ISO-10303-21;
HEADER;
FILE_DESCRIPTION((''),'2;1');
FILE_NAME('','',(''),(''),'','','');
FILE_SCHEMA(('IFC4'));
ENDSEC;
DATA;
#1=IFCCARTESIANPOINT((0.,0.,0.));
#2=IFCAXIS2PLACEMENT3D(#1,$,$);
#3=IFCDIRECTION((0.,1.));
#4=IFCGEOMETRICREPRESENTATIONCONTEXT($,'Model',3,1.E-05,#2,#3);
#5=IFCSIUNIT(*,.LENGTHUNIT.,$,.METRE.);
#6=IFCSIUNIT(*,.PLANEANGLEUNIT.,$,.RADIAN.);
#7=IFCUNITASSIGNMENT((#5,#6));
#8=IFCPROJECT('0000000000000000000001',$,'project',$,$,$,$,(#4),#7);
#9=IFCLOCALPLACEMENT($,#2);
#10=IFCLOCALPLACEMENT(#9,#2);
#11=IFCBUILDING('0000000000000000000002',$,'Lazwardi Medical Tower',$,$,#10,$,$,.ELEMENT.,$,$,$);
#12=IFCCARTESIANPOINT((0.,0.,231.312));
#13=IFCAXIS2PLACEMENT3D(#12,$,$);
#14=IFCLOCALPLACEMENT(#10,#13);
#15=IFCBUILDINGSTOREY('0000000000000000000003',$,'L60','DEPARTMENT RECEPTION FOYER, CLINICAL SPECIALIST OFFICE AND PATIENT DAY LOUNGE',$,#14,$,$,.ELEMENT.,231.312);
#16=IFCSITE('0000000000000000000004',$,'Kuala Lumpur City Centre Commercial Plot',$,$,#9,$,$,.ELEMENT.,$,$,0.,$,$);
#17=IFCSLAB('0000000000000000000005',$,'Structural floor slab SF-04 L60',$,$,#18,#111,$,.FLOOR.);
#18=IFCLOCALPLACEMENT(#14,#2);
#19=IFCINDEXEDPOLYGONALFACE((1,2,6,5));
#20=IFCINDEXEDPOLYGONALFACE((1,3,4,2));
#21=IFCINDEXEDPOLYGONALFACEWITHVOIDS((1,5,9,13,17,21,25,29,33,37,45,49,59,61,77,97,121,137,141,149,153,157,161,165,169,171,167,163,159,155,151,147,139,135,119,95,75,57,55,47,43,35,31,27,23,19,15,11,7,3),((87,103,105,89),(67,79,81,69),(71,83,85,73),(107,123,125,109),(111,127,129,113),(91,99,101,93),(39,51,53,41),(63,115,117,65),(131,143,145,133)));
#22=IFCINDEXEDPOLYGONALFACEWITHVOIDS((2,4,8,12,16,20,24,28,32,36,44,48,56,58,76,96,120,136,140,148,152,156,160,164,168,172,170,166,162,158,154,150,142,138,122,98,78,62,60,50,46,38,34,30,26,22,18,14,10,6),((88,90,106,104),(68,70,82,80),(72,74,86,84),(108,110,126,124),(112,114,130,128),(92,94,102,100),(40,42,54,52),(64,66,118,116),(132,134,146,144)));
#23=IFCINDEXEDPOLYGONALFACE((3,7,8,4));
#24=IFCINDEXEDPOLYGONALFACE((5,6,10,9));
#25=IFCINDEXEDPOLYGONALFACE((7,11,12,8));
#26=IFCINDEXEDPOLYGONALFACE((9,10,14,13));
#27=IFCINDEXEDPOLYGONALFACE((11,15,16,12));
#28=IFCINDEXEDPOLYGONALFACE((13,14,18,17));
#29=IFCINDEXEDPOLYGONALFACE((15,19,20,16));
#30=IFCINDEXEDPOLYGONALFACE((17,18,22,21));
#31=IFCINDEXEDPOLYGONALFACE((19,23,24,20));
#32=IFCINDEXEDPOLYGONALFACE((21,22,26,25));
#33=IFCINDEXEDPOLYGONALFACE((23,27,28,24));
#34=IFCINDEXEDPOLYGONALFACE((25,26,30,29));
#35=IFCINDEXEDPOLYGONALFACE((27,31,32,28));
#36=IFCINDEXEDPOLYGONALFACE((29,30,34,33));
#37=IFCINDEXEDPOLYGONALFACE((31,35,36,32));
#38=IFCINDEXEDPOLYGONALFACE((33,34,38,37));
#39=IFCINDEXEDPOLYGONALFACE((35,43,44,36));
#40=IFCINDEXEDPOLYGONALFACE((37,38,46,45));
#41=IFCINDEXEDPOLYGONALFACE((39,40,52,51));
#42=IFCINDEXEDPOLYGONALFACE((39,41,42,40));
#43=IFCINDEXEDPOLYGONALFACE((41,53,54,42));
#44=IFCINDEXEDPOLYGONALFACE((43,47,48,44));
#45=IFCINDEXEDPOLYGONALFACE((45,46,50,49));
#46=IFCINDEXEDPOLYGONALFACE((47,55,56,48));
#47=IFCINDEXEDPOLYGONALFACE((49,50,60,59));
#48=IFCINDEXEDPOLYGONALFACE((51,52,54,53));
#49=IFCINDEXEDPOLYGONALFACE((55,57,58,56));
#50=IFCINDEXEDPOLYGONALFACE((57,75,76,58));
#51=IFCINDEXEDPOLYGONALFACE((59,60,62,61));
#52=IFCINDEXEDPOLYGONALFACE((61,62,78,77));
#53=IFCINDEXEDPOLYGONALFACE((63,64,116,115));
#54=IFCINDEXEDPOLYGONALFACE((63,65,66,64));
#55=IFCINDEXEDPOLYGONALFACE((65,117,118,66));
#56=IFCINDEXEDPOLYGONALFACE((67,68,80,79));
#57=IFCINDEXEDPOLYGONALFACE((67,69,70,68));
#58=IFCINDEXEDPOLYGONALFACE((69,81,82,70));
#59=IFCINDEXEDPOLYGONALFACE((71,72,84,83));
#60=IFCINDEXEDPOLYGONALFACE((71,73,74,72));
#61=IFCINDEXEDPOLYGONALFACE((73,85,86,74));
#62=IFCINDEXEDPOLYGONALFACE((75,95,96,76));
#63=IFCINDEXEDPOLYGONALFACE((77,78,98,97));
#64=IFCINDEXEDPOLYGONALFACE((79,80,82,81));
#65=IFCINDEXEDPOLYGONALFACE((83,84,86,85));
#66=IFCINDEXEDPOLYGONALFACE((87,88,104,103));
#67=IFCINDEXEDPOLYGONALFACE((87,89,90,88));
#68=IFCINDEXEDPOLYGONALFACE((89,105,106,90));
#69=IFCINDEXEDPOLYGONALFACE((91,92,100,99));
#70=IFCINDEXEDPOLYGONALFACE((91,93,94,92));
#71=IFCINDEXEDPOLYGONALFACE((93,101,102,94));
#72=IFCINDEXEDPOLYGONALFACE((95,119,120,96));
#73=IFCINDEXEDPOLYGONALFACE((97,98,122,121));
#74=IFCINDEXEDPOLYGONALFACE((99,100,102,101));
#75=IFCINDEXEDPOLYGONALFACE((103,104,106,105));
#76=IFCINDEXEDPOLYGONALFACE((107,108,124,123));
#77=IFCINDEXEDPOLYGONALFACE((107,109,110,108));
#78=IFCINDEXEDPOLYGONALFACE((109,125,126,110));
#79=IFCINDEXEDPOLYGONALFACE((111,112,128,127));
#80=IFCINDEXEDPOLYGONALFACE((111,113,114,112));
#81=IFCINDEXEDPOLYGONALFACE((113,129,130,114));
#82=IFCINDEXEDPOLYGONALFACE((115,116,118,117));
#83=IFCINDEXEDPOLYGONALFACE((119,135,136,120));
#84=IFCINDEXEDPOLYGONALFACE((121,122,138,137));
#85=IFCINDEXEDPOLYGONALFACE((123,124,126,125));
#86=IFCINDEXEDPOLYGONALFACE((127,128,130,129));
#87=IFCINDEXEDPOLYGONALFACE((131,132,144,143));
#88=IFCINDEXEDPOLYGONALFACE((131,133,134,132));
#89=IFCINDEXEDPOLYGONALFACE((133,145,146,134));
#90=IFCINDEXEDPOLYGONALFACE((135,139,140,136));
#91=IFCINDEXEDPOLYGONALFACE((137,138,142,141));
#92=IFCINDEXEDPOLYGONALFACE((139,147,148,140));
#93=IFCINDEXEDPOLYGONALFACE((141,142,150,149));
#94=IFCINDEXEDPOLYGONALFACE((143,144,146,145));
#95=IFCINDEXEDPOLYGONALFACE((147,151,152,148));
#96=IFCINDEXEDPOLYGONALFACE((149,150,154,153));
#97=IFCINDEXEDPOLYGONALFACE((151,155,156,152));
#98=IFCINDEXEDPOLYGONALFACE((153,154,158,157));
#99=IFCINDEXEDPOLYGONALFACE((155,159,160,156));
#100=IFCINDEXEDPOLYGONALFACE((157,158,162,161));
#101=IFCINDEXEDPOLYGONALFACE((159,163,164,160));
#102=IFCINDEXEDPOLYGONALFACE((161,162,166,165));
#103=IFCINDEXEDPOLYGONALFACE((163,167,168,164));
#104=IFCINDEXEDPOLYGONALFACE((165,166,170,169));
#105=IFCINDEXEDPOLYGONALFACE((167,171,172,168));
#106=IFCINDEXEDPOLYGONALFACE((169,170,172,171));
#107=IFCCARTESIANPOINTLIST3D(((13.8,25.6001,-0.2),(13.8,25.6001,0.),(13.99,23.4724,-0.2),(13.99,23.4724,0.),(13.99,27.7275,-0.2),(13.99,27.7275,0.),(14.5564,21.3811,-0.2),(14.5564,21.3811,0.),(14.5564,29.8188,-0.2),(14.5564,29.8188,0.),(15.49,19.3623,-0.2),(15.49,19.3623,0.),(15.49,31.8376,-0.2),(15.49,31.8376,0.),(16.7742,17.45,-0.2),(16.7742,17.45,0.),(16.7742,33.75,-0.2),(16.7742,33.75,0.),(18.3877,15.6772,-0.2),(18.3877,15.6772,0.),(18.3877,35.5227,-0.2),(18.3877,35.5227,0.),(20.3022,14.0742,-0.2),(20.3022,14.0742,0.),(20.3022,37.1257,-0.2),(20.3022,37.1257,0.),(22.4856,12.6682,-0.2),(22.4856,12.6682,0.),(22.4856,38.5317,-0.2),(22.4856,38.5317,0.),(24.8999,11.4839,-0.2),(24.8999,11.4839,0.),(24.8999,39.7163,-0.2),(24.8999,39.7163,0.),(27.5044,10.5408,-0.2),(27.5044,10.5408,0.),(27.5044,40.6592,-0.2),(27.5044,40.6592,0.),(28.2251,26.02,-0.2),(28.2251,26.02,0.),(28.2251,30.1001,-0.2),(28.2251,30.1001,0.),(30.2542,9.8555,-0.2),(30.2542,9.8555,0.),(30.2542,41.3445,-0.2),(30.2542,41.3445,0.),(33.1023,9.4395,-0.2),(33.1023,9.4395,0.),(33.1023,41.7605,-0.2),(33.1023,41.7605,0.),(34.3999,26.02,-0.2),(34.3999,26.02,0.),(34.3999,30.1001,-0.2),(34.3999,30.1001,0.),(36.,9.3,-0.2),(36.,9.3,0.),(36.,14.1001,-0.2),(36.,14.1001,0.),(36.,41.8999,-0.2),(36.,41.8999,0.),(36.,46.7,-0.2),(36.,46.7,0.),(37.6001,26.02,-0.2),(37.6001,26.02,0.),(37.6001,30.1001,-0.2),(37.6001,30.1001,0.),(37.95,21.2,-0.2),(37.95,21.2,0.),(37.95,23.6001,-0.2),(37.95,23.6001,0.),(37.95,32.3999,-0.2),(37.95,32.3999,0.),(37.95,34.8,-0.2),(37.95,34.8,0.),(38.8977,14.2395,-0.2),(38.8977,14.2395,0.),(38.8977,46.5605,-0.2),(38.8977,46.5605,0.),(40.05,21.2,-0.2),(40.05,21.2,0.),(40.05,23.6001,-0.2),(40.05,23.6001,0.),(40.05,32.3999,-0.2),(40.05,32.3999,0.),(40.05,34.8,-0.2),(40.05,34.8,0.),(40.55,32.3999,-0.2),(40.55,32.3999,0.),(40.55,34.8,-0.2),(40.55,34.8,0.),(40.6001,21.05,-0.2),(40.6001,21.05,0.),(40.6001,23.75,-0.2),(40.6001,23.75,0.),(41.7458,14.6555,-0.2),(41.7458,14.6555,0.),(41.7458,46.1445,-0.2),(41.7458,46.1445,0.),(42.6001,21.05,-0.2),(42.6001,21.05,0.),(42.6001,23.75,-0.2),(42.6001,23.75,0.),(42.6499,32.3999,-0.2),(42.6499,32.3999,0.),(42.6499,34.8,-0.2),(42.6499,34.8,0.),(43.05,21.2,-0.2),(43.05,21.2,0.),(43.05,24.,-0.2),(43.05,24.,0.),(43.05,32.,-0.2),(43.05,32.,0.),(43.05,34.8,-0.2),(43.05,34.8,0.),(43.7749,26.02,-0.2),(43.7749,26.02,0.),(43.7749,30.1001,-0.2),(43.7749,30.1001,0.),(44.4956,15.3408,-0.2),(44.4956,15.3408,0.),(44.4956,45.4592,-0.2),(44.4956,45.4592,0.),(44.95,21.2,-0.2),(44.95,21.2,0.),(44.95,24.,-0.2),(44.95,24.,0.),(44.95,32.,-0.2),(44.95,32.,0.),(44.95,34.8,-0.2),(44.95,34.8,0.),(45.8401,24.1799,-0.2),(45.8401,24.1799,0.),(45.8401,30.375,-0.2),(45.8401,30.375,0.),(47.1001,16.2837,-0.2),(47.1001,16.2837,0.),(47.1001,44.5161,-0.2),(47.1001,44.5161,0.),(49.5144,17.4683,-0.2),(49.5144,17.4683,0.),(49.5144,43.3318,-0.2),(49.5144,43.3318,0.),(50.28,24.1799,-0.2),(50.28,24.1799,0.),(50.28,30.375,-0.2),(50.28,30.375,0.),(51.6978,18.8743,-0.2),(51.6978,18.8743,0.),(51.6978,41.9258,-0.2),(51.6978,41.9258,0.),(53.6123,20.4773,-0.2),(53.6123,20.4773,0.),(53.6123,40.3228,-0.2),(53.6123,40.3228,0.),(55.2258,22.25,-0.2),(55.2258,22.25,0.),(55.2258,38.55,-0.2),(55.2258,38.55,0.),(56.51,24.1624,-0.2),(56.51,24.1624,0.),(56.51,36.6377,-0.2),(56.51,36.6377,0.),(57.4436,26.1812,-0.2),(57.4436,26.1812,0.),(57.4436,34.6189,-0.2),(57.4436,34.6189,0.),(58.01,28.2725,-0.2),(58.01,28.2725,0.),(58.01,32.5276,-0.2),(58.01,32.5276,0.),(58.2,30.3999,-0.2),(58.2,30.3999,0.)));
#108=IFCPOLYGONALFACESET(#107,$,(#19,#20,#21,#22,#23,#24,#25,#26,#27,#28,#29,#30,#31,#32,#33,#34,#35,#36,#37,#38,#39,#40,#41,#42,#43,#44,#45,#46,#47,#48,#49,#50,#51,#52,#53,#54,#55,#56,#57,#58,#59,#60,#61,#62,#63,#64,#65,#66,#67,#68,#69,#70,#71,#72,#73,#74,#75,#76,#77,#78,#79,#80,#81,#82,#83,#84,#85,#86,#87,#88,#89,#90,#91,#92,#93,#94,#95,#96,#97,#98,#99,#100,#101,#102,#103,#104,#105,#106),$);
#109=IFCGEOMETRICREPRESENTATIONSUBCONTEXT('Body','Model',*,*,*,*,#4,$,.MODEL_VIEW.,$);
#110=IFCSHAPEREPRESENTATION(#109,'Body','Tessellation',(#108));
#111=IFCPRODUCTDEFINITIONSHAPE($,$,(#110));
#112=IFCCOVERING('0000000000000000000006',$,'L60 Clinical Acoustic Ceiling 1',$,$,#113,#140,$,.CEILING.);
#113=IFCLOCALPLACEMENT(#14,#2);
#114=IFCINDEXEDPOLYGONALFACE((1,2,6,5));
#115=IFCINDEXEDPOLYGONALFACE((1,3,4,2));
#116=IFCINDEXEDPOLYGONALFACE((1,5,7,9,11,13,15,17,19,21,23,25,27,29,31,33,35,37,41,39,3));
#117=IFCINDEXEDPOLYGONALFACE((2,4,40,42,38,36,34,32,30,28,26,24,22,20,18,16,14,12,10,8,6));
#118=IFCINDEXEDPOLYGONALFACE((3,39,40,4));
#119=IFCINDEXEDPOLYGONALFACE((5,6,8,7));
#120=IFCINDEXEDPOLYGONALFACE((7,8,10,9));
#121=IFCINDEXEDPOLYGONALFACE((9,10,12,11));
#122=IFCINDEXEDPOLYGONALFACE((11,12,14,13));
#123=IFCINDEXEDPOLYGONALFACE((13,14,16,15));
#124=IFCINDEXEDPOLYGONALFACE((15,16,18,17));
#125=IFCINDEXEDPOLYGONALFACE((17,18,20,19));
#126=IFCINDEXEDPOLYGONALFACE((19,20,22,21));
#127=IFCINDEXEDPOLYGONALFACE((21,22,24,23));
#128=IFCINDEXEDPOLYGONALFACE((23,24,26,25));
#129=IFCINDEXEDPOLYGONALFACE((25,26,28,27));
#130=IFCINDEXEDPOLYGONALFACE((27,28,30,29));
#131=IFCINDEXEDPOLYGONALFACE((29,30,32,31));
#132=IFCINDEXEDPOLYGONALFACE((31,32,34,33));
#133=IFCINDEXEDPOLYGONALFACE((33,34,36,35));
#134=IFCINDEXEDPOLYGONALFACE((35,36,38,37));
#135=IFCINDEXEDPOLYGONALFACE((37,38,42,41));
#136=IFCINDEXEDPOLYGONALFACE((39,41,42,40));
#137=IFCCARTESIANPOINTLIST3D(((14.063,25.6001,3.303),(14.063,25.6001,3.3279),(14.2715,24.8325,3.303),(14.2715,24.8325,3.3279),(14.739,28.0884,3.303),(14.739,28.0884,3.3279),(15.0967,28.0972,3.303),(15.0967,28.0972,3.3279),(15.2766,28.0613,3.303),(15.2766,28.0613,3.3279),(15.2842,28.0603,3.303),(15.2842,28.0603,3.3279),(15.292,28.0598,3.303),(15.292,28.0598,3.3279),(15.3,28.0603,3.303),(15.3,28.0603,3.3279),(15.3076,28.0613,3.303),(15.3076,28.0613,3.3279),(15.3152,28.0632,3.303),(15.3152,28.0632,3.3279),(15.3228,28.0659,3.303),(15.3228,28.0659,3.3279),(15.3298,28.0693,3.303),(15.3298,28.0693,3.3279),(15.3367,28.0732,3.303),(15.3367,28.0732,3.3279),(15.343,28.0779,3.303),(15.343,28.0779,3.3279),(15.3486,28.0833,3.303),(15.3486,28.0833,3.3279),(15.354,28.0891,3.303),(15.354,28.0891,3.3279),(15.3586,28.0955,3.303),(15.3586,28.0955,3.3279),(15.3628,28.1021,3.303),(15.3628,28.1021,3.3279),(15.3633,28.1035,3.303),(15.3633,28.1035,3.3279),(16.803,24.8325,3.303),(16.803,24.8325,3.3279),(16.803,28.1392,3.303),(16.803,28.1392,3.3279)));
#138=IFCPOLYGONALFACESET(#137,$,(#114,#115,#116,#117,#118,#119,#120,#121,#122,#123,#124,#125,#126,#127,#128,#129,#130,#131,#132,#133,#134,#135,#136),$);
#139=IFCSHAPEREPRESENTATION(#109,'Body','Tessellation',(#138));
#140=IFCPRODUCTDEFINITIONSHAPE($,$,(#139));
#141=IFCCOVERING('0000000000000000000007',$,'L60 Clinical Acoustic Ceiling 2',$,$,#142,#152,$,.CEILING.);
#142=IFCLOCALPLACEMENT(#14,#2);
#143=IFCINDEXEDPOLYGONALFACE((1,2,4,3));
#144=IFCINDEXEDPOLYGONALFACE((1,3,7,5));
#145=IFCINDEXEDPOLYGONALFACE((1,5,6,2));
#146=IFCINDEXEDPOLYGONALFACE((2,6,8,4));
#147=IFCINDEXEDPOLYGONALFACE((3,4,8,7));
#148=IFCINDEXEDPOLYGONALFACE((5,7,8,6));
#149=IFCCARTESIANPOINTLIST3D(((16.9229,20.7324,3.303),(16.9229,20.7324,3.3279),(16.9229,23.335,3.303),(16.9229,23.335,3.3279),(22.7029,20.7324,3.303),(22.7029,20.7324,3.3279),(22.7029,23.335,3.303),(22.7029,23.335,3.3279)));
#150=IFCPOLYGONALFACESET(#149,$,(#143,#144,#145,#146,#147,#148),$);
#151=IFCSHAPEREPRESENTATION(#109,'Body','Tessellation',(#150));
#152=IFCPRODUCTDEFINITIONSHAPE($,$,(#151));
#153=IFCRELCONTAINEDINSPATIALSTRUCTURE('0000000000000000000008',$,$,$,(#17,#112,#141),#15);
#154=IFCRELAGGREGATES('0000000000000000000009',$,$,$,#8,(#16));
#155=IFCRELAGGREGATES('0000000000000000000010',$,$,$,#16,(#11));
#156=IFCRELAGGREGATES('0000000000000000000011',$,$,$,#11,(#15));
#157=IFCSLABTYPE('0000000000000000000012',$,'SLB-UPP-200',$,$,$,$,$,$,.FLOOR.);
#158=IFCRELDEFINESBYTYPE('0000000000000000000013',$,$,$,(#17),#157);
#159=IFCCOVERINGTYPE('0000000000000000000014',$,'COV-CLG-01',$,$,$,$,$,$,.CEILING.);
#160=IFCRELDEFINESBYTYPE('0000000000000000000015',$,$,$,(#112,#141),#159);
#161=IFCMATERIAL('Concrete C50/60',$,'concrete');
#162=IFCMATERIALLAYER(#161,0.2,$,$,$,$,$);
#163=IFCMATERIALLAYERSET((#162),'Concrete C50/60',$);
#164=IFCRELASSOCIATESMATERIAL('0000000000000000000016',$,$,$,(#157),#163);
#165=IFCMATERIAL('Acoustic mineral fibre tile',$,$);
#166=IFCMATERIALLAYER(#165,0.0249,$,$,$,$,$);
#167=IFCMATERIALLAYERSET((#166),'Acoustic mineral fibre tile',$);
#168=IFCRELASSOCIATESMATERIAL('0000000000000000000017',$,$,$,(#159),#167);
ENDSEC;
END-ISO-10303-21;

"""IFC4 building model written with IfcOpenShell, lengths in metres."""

from ifc_helpers import new_model, si_unit, direction, frame, origin, place, context, subcontext, project, spatial, polyline, outline, extrude, material, layer, layer_set, type_object, element, save


model = new_model("IFC4")

# Units and contexts
model_context = context("Model", 3, precision=1e-05, world=origin(), true_north=direction((0.0, 1.0)))
body_context = subcontext(model_context, "Body", "Model", "MODEL_VIEW")
ifc_project = project(units=[si_unit("LENGTHUNIT", "METRE"), si_unit("PLANEANGLEUNIT", "RADIAN")], contexts=[model_context])

# Site, building, storey
site_placement = place(None, origin())
site = spatial("IfcSite", under=ifc_project, at=site_placement, Name="Kuala Lumpur City Centre Commercial Plot", CompositionType="ELEMENT", RefElevation=0.0)
building_placement = place(site_placement, origin())
building = spatial("IfcBuilding", under=site, at=building_placement, Name="Lazwardi Medical Tower", CompositionType="ELEMENT")
storey_placement = place(building_placement, frame((0.0, 0.0, 231.312)))
storey = spatial("IfcBuildingStorey", under=building, at=storey_placement, Name="L60", Description="DEPARTMENT RECEPTION FOYER, CLINICAL SPECIALIST OFFICE AND PATIENT DAY LOUNGE", CompositionType="ELEMENT", Elevation=231.312)

# Slab
ifc_material_1 = material(Name="Concrete C50/60", Category="concrete")
ifc_layer_1 = layer(ifc_material_1, 0.2)
ifc_layer_set_1 = layer_set([ifc_layer_1], Name="Concrete C50/60")
slab_type = type_object("IfcSlabType", Name="SLB-UPP-200", PredefinedType="FLOOR", material=ifc_layer_set_1)
slab_placement = place(storey_placement, frame((0.0, 0.0, -0.2)))
element("IfcSlab", 1, at=slab_placement, inside=storey, type_object=slab_type, Name="Structural floor slab SF-04 L60", PredefinedType="FLOOR", context=body_context, shape_type="SweptSolid", body=[
    extrude(outline(polyline([(18.3877, 15.6772), (20.3022, 14.0742), (22.4856, 12.6682), (24.8999, 11.4839), (27.5044, 10.5408), (30.2542, 9.8555), (33.1023, 9.4395), (36.0, 9.3), (36.0, 14.1001), (38.8977, 14.2395), (41.7458, 14.6555), (44.4956, 15.3408), (47.1001, 16.2837), (49.5144, 17.4683), (51.6978, 18.8743), (53.6123, 20.4773), (55.2258, 22.25), (56.51, 24.1624), (57.4436, 26.1812), (58.01, 28.2725), (58.2, 30.3999), (58.01, 32.5276), (57.4436, 34.6189), (56.51, 36.6377), (55.2258, 38.55), (53.6123, 40.3228), (51.6978, 41.9258), (49.5144, 43.3318), (47.1001, 44.5161), (44.4956, 45.4592), (41.7458, 46.1445), (38.8977, 46.5605), (36.0, 46.7), (36.0, 41.8999), (33.1023, 41.7605), (30.2542, 41.3445), (27.5044, 40.6592), (24.8999, 39.7163), (22.4856, 38.5317), (20.3022, 37.1257), (18.3877, 35.5227), (16.7742, 33.75), (15.49, 31.8376), (14.5564, 29.8188), (13.99, 27.7275), (13.8, 25.6001), (13.99, 23.4724), (14.5564, 21.3811), (15.49, 19.3623), (16.7742, 17.45), (18.3877, 15.6772)]), holes=[polyline([(28.2251, 26.02), (28.2251, 30.1001), (34.3999, 30.1001), (34.3999, 26.02), (28.2251, 26.02)]), polyline([(37.6001, 30.1001), (43.7749, 30.1001), (43.7749, 26.02), (37.6001, 26.02), (37.6001, 30.1001)]), polyline([(50.28, 30.375), (50.28, 24.1799), (45.8401, 24.1799), (45.8401, 30.375), (50.28, 30.375)]), polyline([(40.05, 32.3999), (37.95, 32.3999), (37.95, 34.8), (40.05, 34.8), (40.05, 32.3999)]), polyline([(40.55, 32.3999), (40.55, 34.8), (42.6499, 34.8), (42.6499, 32.3999), (40.55, 32.3999)]), polyline([(37.95, 23.6001), (40.05, 23.6001), (40.05, 21.2), (37.95, 21.2), (37.95, 23.6001)]), polyline([(44.95, 34.8), (44.95, 32.0), (43.05, 32.0), (43.05, 34.8), (44.95, 34.8)]), polyline([(44.95, 21.2), (43.05, 21.2), (43.05, 24.0), (44.95, 24.0), (44.95, 21.2)]), polyline([(40.6001, 21.05), (40.6001, 23.75), (42.6001, 23.75), (42.6001, 21.05), (40.6001, 21.05)])]), origin(), (0.0, 0.0, 1.0), 0.2),
])

# Coverings
ifc_material_2 = material(Name="Acoustic mineral fibre tile")
ifc_layer_2 = layer(ifc_material_2, 0.0249)
ifc_layer_set_2 = layer_set([ifc_layer_2], Name="Acoustic mineral fibre tile")
covering_type_1 = type_object("IfcCoveringType", Name="COV-CLG-01", PredefinedType="CEILING", material=ifc_layer_set_2)
covering_1_placement = place(storey_placement, frame((0.0, 0.0, 3.303)))
element("IfcCovering", 2, at=covering_1_placement, inside=storey, type_object=covering_type_1, Name="L60 Clinical Acoustic Ceiling 1", PredefinedType="CEILING", context=body_context, shape_type="SweptSolid", body=[
    extrude(outline(polyline([(16.803, 28.1392), (15.3633, 28.1035), (15.3628, 28.1021), (15.3586, 28.0955), (15.354, 28.0891), (15.3486, 28.0833), (15.343, 28.0779), (15.3367, 28.0732), (15.3298, 28.0693), (15.3228, 28.0659), (15.3152, 28.0632), (15.3076, 28.0613), (15.3, 28.0603), (15.292, 28.0598), (15.2842, 28.0603), (15.2766, 28.0613), (15.0967, 28.0972), (14.739, 28.0884), (14.063, 25.6001), (14.2715, 24.8325), (16.803, 24.8325), (16.803, 28.1392)])), origin(), (0.0, 0.0, 1.0), 0.0249),
])
covering_2_placement = place(storey_placement, frame((0.0, 0.0, 3.303)))
element("IfcCovering", 3, at=covering_2_placement, inside=storey, type_object=covering_type_1, Name="L60 Clinical Acoustic Ceiling 2", PredefinedType="CEILING", context=body_context, shape_type="SweptSolid", body=[
    extrude(outline(polyline([(22.7029, 23.335), (16.9229, 23.335), (16.9229, 20.7324), (22.7029, 20.7324), (22.7029, 23.335)])), origin(), (0.0, 0.0, 1.0), 0.0249),
])

save(model, "model.ifc")
